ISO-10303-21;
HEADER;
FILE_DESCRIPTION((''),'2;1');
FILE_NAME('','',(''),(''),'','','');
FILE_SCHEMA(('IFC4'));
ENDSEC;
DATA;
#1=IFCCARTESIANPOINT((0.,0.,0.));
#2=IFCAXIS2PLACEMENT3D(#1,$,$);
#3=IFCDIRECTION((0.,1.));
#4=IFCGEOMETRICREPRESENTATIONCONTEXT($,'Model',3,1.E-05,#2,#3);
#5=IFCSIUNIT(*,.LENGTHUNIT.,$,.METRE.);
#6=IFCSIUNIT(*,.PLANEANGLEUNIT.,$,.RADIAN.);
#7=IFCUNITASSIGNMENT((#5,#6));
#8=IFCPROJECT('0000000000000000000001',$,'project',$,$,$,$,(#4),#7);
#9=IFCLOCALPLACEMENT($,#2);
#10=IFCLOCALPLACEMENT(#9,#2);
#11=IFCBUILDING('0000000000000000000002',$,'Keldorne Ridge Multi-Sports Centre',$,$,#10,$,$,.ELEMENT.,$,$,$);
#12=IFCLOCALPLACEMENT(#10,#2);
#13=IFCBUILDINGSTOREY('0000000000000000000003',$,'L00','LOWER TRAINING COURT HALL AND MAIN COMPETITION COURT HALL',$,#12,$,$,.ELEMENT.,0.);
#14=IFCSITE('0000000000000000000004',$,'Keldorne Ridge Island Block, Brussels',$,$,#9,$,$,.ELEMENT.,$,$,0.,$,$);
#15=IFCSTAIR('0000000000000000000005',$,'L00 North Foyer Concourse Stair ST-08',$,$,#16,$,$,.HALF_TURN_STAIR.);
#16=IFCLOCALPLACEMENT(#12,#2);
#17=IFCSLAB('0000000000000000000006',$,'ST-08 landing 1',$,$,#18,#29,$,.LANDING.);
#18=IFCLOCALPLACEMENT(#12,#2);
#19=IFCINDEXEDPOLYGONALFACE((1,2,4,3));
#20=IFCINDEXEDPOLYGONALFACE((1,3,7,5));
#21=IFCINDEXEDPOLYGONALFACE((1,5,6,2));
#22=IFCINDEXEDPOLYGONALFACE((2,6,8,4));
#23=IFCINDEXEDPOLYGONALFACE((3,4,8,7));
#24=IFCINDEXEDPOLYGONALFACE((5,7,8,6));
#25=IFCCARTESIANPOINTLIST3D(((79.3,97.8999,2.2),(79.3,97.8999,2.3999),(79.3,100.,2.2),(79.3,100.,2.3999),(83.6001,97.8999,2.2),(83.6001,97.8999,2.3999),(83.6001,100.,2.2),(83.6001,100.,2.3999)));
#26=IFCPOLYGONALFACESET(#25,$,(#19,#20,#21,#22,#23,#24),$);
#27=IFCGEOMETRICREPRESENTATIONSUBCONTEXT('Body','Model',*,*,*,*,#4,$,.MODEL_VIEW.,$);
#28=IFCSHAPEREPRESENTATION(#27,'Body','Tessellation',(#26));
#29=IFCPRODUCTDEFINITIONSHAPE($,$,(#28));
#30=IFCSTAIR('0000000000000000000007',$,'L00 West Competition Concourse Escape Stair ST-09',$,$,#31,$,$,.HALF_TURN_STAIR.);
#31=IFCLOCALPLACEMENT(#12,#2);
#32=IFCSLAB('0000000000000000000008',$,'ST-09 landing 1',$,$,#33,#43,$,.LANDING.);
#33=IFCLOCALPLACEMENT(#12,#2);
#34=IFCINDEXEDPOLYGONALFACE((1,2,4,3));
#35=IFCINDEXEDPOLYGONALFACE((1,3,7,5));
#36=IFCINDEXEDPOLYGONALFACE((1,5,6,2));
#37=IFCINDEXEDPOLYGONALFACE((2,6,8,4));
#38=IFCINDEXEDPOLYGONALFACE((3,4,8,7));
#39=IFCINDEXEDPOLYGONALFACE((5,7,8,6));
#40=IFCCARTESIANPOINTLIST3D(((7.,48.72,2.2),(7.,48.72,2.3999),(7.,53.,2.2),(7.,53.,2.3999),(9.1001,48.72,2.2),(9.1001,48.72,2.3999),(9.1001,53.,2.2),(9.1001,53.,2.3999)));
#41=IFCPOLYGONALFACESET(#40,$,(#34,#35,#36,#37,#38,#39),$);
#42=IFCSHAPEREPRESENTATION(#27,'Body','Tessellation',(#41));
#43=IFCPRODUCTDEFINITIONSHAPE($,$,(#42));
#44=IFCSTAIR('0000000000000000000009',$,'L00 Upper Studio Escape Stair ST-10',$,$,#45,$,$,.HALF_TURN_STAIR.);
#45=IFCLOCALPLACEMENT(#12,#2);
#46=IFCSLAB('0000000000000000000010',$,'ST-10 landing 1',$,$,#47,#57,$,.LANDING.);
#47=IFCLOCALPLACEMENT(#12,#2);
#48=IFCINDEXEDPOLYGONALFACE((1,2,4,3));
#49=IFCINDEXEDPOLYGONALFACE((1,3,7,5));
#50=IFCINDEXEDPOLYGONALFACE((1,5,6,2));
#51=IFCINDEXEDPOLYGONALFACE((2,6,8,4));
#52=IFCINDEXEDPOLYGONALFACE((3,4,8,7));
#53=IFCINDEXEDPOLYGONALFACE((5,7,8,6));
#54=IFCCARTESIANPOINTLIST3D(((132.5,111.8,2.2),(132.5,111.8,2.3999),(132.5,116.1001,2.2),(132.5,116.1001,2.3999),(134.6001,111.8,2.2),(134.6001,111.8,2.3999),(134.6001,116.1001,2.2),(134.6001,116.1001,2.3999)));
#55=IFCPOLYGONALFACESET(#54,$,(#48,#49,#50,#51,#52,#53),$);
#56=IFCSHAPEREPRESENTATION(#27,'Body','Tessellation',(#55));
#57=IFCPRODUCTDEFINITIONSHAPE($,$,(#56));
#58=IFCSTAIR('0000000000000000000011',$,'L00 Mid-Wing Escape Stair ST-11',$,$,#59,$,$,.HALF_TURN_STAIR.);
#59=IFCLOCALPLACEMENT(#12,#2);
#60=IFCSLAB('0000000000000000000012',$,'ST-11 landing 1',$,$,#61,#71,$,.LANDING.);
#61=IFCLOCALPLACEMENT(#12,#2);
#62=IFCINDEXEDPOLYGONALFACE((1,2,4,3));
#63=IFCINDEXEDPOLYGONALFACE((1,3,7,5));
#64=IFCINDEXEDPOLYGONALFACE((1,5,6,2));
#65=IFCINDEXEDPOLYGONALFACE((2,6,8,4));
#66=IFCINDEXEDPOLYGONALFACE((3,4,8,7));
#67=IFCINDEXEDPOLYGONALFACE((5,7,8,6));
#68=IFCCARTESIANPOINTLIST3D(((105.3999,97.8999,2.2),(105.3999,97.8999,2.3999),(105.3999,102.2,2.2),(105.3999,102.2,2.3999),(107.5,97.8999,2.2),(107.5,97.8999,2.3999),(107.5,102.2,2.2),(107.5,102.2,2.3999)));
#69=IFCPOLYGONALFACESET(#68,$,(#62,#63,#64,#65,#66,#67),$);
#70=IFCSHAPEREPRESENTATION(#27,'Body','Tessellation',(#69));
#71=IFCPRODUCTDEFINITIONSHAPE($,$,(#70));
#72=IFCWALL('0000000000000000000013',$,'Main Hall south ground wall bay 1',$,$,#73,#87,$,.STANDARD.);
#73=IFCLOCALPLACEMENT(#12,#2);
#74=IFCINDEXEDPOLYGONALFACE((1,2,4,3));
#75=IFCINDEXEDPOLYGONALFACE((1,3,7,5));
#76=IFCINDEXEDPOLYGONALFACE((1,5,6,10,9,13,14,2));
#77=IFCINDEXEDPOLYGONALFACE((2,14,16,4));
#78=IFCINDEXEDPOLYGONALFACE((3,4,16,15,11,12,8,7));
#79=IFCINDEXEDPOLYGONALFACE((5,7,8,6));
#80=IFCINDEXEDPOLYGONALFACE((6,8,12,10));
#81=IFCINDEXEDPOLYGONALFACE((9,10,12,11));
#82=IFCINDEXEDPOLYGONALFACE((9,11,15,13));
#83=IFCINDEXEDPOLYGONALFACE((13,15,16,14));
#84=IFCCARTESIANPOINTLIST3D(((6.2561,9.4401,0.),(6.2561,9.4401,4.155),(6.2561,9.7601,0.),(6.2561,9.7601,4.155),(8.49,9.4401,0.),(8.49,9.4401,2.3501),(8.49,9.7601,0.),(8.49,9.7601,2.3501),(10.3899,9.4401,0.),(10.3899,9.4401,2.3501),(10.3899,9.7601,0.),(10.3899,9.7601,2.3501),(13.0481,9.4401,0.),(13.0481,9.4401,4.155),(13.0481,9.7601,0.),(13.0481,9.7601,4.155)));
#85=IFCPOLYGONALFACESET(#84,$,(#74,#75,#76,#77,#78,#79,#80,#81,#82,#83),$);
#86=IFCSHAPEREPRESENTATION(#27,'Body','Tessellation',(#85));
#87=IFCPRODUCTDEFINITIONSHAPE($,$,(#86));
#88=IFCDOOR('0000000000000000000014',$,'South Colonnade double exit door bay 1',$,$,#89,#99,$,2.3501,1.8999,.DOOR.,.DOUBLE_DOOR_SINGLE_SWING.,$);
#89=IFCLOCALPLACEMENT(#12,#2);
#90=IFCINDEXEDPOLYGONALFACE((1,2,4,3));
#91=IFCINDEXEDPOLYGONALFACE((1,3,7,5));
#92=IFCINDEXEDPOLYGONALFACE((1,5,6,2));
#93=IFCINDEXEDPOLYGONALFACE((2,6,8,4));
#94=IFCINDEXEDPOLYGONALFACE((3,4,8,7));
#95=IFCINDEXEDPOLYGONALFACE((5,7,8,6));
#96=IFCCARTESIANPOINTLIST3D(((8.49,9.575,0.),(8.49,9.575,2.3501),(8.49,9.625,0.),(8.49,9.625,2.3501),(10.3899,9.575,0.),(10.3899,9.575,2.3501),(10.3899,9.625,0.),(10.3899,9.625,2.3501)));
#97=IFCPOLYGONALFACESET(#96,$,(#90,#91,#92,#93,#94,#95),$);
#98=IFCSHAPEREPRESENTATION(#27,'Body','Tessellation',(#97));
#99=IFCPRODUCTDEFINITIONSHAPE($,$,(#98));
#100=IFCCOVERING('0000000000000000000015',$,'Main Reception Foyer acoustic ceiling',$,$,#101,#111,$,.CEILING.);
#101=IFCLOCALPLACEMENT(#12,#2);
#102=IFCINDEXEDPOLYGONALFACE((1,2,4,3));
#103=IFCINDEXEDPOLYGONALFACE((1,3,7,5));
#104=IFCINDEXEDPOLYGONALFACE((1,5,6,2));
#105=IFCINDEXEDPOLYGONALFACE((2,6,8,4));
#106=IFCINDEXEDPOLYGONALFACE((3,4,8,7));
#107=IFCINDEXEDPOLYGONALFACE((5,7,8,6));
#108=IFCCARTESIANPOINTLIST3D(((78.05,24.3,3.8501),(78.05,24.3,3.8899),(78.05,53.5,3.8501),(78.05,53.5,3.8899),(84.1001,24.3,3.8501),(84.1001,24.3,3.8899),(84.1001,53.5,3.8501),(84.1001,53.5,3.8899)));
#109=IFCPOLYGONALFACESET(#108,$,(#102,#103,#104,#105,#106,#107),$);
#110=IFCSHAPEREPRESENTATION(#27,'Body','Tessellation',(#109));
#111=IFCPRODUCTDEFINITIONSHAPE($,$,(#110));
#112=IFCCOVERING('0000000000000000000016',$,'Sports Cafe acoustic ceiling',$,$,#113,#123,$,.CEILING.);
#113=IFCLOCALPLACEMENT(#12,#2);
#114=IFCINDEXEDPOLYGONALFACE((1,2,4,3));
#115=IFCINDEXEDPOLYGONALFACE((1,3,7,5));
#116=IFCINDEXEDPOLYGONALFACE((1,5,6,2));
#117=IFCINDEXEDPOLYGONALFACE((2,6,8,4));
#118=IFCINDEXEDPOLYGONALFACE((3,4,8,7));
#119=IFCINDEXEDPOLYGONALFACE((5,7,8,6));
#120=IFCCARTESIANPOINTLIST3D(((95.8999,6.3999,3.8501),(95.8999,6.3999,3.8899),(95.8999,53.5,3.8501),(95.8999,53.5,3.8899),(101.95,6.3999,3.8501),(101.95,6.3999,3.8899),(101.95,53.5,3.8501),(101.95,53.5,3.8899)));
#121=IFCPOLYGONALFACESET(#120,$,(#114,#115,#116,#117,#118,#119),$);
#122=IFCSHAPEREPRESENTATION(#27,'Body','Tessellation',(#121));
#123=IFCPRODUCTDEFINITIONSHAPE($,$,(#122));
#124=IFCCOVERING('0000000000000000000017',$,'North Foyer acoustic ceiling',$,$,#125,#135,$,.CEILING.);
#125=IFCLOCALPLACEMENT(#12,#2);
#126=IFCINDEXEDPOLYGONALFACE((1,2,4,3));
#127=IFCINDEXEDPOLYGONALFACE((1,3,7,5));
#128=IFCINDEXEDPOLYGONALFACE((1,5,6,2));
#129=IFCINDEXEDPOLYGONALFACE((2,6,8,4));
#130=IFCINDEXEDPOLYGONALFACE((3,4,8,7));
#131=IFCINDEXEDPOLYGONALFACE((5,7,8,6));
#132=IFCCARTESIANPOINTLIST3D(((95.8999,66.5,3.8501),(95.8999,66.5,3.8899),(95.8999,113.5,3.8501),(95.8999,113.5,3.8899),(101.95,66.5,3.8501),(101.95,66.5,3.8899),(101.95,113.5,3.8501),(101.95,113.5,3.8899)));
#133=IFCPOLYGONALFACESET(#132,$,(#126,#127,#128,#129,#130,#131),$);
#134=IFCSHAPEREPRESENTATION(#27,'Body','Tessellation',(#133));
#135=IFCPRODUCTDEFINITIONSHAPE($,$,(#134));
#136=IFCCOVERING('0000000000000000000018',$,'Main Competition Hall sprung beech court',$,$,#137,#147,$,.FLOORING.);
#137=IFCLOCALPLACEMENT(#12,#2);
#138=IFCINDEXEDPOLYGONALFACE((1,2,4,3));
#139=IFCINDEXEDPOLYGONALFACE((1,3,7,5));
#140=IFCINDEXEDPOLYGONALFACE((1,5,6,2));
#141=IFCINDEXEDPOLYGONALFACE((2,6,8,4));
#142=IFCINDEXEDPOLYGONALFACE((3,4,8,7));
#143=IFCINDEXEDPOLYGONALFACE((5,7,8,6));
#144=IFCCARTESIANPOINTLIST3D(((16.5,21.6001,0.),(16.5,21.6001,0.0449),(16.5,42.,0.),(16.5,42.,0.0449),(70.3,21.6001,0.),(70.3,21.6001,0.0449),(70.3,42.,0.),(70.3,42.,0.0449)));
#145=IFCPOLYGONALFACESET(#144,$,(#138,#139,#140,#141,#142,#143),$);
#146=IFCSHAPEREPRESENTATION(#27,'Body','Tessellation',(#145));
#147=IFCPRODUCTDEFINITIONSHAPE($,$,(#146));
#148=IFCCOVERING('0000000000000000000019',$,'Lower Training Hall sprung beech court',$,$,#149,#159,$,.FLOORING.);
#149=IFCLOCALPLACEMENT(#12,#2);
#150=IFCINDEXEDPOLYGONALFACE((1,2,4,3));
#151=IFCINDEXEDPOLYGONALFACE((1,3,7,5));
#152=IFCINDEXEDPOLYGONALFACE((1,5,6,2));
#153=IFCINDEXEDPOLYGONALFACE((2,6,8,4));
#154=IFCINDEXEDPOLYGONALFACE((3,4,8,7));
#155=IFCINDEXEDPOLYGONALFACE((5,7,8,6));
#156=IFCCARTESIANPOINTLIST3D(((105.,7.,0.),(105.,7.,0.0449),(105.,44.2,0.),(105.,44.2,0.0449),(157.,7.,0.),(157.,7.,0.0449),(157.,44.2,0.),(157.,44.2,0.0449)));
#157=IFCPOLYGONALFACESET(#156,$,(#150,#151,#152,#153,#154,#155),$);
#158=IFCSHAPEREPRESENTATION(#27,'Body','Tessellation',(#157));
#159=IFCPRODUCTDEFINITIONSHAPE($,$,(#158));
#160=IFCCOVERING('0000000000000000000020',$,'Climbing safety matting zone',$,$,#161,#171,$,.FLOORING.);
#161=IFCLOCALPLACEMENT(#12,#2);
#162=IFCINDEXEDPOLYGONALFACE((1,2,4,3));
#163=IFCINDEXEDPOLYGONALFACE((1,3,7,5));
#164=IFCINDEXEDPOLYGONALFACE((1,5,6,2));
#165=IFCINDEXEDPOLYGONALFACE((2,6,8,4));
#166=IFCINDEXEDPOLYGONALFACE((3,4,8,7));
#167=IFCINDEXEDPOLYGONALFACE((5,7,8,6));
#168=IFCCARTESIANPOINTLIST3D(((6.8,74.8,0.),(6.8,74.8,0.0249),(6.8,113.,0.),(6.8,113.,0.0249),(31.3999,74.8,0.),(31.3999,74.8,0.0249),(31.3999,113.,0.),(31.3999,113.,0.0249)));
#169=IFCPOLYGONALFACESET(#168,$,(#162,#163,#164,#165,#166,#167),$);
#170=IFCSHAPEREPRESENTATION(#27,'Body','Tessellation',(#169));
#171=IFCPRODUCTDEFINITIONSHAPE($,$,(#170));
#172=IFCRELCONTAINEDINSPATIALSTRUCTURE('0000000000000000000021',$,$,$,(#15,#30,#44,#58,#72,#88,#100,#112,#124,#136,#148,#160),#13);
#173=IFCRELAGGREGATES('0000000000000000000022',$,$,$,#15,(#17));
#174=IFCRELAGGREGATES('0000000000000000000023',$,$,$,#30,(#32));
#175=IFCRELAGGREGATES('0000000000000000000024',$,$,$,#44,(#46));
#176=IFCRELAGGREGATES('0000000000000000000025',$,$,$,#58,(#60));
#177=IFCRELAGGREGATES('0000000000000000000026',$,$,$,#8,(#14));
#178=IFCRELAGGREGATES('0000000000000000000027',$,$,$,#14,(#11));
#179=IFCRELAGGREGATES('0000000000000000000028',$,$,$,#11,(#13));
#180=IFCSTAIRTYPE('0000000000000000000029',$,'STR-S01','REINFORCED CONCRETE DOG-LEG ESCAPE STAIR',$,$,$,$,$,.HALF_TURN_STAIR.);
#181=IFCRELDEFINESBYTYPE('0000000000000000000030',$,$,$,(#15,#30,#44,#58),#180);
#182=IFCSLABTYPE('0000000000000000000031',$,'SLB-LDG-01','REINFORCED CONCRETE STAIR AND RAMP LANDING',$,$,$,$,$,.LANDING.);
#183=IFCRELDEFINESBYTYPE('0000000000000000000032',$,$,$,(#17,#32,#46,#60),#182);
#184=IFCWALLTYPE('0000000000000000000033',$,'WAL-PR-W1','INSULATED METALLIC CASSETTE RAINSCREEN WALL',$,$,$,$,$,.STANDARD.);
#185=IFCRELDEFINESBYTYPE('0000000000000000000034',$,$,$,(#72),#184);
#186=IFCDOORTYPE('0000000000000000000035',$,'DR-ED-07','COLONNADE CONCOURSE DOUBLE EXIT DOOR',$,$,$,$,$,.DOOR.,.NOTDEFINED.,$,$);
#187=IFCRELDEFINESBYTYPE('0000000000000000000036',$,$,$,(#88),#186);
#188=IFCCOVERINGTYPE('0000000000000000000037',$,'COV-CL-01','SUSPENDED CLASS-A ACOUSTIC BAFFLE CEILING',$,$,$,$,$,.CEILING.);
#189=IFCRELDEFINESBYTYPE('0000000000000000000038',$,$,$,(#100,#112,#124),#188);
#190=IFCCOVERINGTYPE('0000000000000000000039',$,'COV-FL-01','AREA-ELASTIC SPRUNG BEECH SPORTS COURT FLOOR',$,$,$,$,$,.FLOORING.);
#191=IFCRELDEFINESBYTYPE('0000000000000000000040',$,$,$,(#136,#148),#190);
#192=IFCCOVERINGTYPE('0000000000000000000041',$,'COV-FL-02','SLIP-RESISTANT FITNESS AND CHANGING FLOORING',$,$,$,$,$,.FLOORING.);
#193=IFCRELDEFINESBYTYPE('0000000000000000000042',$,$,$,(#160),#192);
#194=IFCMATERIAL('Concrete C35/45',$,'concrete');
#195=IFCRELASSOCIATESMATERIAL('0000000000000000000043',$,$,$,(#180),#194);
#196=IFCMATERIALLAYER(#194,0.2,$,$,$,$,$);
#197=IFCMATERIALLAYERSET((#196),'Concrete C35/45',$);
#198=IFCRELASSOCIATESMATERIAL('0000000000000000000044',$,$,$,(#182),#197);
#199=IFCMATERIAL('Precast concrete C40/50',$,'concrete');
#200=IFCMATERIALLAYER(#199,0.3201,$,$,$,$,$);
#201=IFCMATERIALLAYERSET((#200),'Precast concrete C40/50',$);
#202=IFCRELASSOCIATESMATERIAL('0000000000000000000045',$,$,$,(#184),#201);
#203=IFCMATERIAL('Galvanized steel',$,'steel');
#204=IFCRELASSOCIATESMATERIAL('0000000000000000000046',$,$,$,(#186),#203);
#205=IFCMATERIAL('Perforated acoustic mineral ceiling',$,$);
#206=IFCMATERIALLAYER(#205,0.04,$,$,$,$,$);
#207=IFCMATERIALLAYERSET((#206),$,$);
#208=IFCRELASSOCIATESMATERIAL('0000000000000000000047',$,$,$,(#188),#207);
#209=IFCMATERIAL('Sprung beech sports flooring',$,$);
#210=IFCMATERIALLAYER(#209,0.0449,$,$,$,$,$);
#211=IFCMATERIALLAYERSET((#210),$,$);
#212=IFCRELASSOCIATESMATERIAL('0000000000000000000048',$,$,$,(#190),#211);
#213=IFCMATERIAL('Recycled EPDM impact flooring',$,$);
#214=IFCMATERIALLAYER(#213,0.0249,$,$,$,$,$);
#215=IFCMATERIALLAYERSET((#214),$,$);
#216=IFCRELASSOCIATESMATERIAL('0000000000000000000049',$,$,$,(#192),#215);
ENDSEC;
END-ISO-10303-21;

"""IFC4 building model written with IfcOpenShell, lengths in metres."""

from ifc_helpers import new_model, si_unit, direction, frame, frame_2d, origin, place, context, subcontext, project, spatial, polyline, rectangle, outline, extrude, material, layer, layer_set, type_object, element, fill, aggregate, save


model = new_model("IFC4")

# Units and contexts
model_context = context("Model", 3, precision=1e-05, world=origin(), true_north=direction((0.0, 1.0)))
body_context = subcontext(model_context, "Body", "Model", "MODEL_VIEW")
ifc_project = project(units=[si_unit("LENGTHUNIT", "METRE"), si_unit("PLANEANGLEUNIT", "RADIAN")], contexts=[model_context])

# Site, building, storey
site_placement = place(None, origin())
site = spatial("IfcSite", under=ifc_project, at=site_placement, Name="Keldorne Ridge Island Block, Brussels", CompositionType="ELEMENT", RefElevation=0.0)
building_placement = place(site_placement, origin())
building = spatial("IfcBuilding", under=site, at=building_placement, Name="Keldorne Ridge Multi-Sports Centre", CompositionType="ELEMENT")
storey_placement = place(building_placement, origin())
storey = spatial("IfcBuildingStorey", under=building, at=storey_placement, Name="L00", Description="LOWER TRAINING COURT HALL AND MAIN COMPETITION COURT HALL", CompositionType="ELEMENT", Elevation=0.0)

# Shared definitions
ifc_material_1 = material(Name="Concrete C35/45", Category="concrete")

# Stairs, slabs
stair_type = type_object("IfcStairType", Name="STR-S01", Description="REINFORCED CONCRETE DOG-LEG ESCAPE STAIR", PredefinedType="HALF_TURN_STAIR", material=ifc_material_1)
ifc_layer_1 = layer(ifc_material_1, 0.2)
ifc_layer_set_1 = layer_set([ifc_layer_1], Name="Concrete C35/45")
slab_type = type_object("IfcSlabType", Name="SLB-LDG-01", Description="REINFORCED CONCRETE STAIR AND RAMP LANDING", PredefinedType="LANDING", material=ifc_layer_set_1)
stair_1_placement = place(storey_placement, origin())
stair_1 = element("IfcStair", 1, at=stair_1_placement, inside=storey, type_object=stair_type, Name="L00 North Foyer Concourse Stair ST-08", PredefinedType="HALF_TURN_STAIR")
slab_1_placement = place(storey_placement, frame((0.0, 0.0, 2.2)))
slab_1 = element("IfcSlab", 2, at=slab_1_placement, type_object=slab_type, Name="ST-08 landing 1", PredefinedType="LANDING", context=body_context, shape_type="SweptSolid", body=[
    extrude(outline(polyline([(83.6001, 97.8999), (83.6001, 100.0), (79.3, 100.0), (79.3, 97.8999), (83.6001, 97.8999)])), origin(), (0.0, 0.0, 1.0), 0.2),
])
aggregate(stair_1, [slab_1])
stair_2_placement = place(storey_placement, origin())
stair_2 = element("IfcStair", 3, at=stair_2_placement, inside=storey, type_object=stair_type, Name="L00 West Competition Concourse Escape Stair ST-09", PredefinedType="HALF_TURN_STAIR")
slab_2_placement = place(storey_placement, frame((0.0, 0.0, 2.2)))
slab_2 = element("IfcSlab", 4, at=slab_2_placement, type_object=slab_type, Name="ST-09 landing 1", PredefinedType="LANDING", context=body_context, shape_type="SweptSolid", body=[
    extrude(outline(polyline([(9.1001, 53.0), (7.0, 53.0), (7.0, 48.72), (9.1001, 48.72), (9.1001, 53.0)])), origin(), (0.0, 0.0, 1.0), 0.2),
])
aggregate(stair_2, [slab_2])
stair_3_placement = place(storey_placement, origin())
stair_3 = element("IfcStair", 5, at=stair_3_placement, inside=storey, type_object=stair_type, Name="L00 Upper Studio Escape Stair ST-10", PredefinedType="HALF_TURN_STAIR")
slab_3_placement = place(storey_placement, frame((0.0, 0.0, 2.2)))
slab_3 = element("IfcSlab", 6, at=slab_3_placement, type_object=slab_type, Name="ST-10 landing 1", PredefinedType="LANDING", context=body_context, shape_type="SweptSolid", body=[
    extrude(outline(polyline([(132.5, 111.8), (134.6001, 111.8), (134.6001, 116.1001), (132.5, 116.1001), (132.5, 111.8)])), origin(), (0.0, 0.0, 1.0), 0.2),
])
aggregate(stair_3, [slab_3])
stair_4_placement = place(storey_placement, origin())
stair_4 = element("IfcStair", 7, at=stair_4_placement, inside=storey, type_object=stair_type, Name="L00 Mid-Wing Escape Stair ST-11", PredefinedType="HALF_TURN_STAIR")
slab_4_placement = place(storey_placement, frame((0.0, 0.0, 2.2)))
slab_4 = element("IfcSlab", 8, at=slab_4_placement, type_object=slab_type, Name="ST-11 landing 1", PredefinedType="LANDING", context=body_context, shape_type="SweptSolid", body=[
    extrude(outline(polyline([(107.5, 102.2), (105.3999, 102.2), (105.3999, 97.8999), (107.5, 97.8999), (107.5, 102.2)])), origin(), (0.0, 0.0, 1.0), 0.2),
])
aggregate(stair_4, [slab_4])

# Wall, opening, door
ifc_material_2 = material(Name="Precast concrete C40/50", Category="concrete")
ifc_layer_2 = layer(ifc_material_2, 0.3201)
ifc_layer_set_2 = layer_set([ifc_layer_2], Name="Precast concrete C40/50")
wall_type = type_object("IfcWallType", Name="WAL-PR-W1", Description="INSULATED METALLIC CASSETTE RAINSCREEN WALL", PredefinedType="STANDARD", material=ifc_layer_set_2)
wall_placement = place(storey_placement, frame((6.2561, 9.6001, 0.0), z_axis=(0.0, 0.0, 1.0), x_axis=(1.0, 0.0, 0.0)))
wall = element("IfcWall", 9, at=wall_placement, inside=storey, type_object=wall_type, Name="Main Hall south ground wall bay 1", PredefinedType="STANDARD", context=body_context, shape_type="SweptSolid", body=[
    extrude(rectangle(XDim=6.792, YDim=0.3201, at=frame_2d((3.396, 0.0))), origin(), (0.0, 0.0, 1.0), 4.155),
])
opening_placement = place(wall_placement, frame((2.2339, 0.0, 0.0)))
opening = element("IfcOpeningElement", 10, at=opening_placement, cuts=wall, PredefinedType="OPENING", context=body_context, shape_type="SweptSolid", body=[
    extrude(rectangle(XDim=1.8999, YDim=2.3501, at=frame_2d((0.95, 1.175))), frame((0.0, 0.1699, 0.0), z_axis=(0.0, -1.0, 0.0), x_axis=(1.0, 0.0, 0.0)), (0.0, 0.0, 1.0), 0.3401),
])
ifc_material_3 = material(Name="Galvanized steel", Category="steel")
door_type = type_object("IfcDoorType", Name="DR-ED-07", Description="COLONNADE CONCOURSE DOUBLE EXIT DOOR", OperationType="NOTDEFINED", PredefinedType="DOOR", material=ifc_material_3)
door_placement = place(opening_placement, origin())
door = element("IfcDoor", 11, at=door_placement, inside=storey, type_object=door_type, Name="South Colonnade double exit door bay 1", OperationType="DOUBLE_DOOR_SINGLE_SWING", OverallHeight=2.3501, OverallWidth=1.8999, PredefinedType="DOOR", context=body_context, shape_type="SweptSolid", body=[
    extrude(rectangle(XDim=1.8999, YDim=2.3501, at=frame_2d((0.95, 1.175))), frame((0.0, 0.0249, 0.0), z_axis=(0.0, -1.0, 0.0), x_axis=(1.0, 0.0, 0.0)), (0.0, 0.0, 1.0), 0.05),
])
fill(opening, door)

# Coverings
ifc_material_4 = material(Name="Perforated acoustic mineral ceiling")
ifc_layer_3 = layer(ifc_material_4, 0.04)
ifc_layer_set_3 = layer_set([ifc_layer_3])
covering_type_1 = type_object("IfcCoveringType", Name="COV-CL-01", Description="SUSPENDED CLASS-A ACOUSTIC BAFFLE CEILING", PredefinedType="CEILING", material=ifc_layer_set_3)
covering_1_placement = place(storey_placement, frame((0.0, 0.0, 3.8501)))
element("IfcCovering", 12, at=covering_1_placement, inside=storey, type_object=covering_type_1, Name="Main Reception Foyer acoustic ceiling", PredefinedType="CEILING", context=body_context, shape_type="SweptSolid", body=[
    extrude(outline(polyline([(78.05, 24.3), (84.1001, 24.3), (84.1001, 53.5), (78.05, 53.5), (78.05, 24.3)])), origin(), (0.0, 0.0, 1.0), 0.0398),
])
covering_2_placement = place(storey_placement, frame((0.0, 0.0, 3.8501)))
element("IfcCovering", 13, at=covering_2_placement, inside=storey, type_object=covering_type_1, Name="Sports Cafe acoustic ceiling", PredefinedType="CEILING", context=body_context, shape_type="SweptSolid", body=[
    extrude(outline(polyline([(95.8999, 6.3999), (101.95, 6.3999), (101.95, 53.5), (95.8999, 53.5), (95.8999, 6.3999)])), origin(), (0.0, 0.0, 1.0), 0.0398),
])
covering_3_placement = place(storey_placement, frame((0.0, 0.0, 3.8501)))
element("IfcCovering", 14, at=covering_3_placement, inside=storey, type_object=covering_type_1, Name="North Foyer acoustic ceiling", PredefinedType="CEILING", context=body_context, shape_type="SweptSolid", body=[
    extrude(outline(polyline([(95.8999, 66.5), (101.95, 66.5), (101.95, 113.5), (95.8999, 113.5), (95.8999, 66.5)])), origin(), (0.0, 0.0, 1.0), 0.0398),
])
ifc_material_5 = material(Name="Sprung beech sports flooring")
ifc_layer_4 = layer(ifc_material_5, 0.0449)
ifc_layer_set_4 = layer_set([ifc_layer_4])
covering_type_2 = type_object("IfcCoveringType", Name="COV-FL-01", Description="AREA-ELASTIC SPRUNG BEECH SPORTS COURT FLOOR", PredefinedType="FLOORING", material=ifc_layer_set_4)
covering_4_placement = place(storey_placement, origin())
element("IfcCovering", 15, at=covering_4_placement, inside=storey, type_object=covering_type_2, Name="Main Competition Hall sprung beech court", PredefinedType="FLOORING", context=body_context, shape_type="SweptSolid", body=[
    extrude(outline(polyline([(16.5, 21.6001), (70.3, 21.6001), (70.3, 42.0), (16.5, 42.0), (16.5, 21.6001)])), origin(), (0.0, 0.0, 1.0), 0.0449),
])
covering_5_placement = place(storey_placement, origin())
element("IfcCovering", 16, at=covering_5_placement, inside=storey, type_object=covering_type_2, Name="Lower Training Hall sprung beech court", PredefinedType="FLOORING", context=body_context, shape_type="SweptSolid", body=[
    extrude(outline(polyline([(105.0, 7.0), (157.0, 7.0), (157.0, 44.2), (105.0, 44.2), (105.0, 7.0)])), origin(), (0.0, 0.0, 1.0), 0.0449),
])
ifc_material_6 = material(Name="Recycled EPDM impact flooring")
ifc_layer_5 = layer(ifc_material_6, 0.0249)
ifc_layer_set_5 = layer_set([ifc_layer_5])
covering_type_3 = type_object("IfcCoveringType", Name="COV-FL-02", Description="SLIP-RESISTANT FITNESS AND CHANGING FLOORING", PredefinedType="FLOORING", material=ifc_layer_set_5)
covering_6_placement = place(storey_placement, origin())
element("IfcCovering", 17, at=covering_6_placement, inside=storey, type_object=covering_type_3, Name="Climbing safety matting zone", PredefinedType="FLOORING", context=body_context, shape_type="SweptSolid", body=[
    extrude(outline(polyline([(6.8, 74.8), (31.3999, 74.8), (31.3999, 113.0), (6.8, 113.0), (6.8, 74.8)])), origin(), (0.0, 0.0, 1.0), 0.0249),
])

save(model, "model.ifc")
